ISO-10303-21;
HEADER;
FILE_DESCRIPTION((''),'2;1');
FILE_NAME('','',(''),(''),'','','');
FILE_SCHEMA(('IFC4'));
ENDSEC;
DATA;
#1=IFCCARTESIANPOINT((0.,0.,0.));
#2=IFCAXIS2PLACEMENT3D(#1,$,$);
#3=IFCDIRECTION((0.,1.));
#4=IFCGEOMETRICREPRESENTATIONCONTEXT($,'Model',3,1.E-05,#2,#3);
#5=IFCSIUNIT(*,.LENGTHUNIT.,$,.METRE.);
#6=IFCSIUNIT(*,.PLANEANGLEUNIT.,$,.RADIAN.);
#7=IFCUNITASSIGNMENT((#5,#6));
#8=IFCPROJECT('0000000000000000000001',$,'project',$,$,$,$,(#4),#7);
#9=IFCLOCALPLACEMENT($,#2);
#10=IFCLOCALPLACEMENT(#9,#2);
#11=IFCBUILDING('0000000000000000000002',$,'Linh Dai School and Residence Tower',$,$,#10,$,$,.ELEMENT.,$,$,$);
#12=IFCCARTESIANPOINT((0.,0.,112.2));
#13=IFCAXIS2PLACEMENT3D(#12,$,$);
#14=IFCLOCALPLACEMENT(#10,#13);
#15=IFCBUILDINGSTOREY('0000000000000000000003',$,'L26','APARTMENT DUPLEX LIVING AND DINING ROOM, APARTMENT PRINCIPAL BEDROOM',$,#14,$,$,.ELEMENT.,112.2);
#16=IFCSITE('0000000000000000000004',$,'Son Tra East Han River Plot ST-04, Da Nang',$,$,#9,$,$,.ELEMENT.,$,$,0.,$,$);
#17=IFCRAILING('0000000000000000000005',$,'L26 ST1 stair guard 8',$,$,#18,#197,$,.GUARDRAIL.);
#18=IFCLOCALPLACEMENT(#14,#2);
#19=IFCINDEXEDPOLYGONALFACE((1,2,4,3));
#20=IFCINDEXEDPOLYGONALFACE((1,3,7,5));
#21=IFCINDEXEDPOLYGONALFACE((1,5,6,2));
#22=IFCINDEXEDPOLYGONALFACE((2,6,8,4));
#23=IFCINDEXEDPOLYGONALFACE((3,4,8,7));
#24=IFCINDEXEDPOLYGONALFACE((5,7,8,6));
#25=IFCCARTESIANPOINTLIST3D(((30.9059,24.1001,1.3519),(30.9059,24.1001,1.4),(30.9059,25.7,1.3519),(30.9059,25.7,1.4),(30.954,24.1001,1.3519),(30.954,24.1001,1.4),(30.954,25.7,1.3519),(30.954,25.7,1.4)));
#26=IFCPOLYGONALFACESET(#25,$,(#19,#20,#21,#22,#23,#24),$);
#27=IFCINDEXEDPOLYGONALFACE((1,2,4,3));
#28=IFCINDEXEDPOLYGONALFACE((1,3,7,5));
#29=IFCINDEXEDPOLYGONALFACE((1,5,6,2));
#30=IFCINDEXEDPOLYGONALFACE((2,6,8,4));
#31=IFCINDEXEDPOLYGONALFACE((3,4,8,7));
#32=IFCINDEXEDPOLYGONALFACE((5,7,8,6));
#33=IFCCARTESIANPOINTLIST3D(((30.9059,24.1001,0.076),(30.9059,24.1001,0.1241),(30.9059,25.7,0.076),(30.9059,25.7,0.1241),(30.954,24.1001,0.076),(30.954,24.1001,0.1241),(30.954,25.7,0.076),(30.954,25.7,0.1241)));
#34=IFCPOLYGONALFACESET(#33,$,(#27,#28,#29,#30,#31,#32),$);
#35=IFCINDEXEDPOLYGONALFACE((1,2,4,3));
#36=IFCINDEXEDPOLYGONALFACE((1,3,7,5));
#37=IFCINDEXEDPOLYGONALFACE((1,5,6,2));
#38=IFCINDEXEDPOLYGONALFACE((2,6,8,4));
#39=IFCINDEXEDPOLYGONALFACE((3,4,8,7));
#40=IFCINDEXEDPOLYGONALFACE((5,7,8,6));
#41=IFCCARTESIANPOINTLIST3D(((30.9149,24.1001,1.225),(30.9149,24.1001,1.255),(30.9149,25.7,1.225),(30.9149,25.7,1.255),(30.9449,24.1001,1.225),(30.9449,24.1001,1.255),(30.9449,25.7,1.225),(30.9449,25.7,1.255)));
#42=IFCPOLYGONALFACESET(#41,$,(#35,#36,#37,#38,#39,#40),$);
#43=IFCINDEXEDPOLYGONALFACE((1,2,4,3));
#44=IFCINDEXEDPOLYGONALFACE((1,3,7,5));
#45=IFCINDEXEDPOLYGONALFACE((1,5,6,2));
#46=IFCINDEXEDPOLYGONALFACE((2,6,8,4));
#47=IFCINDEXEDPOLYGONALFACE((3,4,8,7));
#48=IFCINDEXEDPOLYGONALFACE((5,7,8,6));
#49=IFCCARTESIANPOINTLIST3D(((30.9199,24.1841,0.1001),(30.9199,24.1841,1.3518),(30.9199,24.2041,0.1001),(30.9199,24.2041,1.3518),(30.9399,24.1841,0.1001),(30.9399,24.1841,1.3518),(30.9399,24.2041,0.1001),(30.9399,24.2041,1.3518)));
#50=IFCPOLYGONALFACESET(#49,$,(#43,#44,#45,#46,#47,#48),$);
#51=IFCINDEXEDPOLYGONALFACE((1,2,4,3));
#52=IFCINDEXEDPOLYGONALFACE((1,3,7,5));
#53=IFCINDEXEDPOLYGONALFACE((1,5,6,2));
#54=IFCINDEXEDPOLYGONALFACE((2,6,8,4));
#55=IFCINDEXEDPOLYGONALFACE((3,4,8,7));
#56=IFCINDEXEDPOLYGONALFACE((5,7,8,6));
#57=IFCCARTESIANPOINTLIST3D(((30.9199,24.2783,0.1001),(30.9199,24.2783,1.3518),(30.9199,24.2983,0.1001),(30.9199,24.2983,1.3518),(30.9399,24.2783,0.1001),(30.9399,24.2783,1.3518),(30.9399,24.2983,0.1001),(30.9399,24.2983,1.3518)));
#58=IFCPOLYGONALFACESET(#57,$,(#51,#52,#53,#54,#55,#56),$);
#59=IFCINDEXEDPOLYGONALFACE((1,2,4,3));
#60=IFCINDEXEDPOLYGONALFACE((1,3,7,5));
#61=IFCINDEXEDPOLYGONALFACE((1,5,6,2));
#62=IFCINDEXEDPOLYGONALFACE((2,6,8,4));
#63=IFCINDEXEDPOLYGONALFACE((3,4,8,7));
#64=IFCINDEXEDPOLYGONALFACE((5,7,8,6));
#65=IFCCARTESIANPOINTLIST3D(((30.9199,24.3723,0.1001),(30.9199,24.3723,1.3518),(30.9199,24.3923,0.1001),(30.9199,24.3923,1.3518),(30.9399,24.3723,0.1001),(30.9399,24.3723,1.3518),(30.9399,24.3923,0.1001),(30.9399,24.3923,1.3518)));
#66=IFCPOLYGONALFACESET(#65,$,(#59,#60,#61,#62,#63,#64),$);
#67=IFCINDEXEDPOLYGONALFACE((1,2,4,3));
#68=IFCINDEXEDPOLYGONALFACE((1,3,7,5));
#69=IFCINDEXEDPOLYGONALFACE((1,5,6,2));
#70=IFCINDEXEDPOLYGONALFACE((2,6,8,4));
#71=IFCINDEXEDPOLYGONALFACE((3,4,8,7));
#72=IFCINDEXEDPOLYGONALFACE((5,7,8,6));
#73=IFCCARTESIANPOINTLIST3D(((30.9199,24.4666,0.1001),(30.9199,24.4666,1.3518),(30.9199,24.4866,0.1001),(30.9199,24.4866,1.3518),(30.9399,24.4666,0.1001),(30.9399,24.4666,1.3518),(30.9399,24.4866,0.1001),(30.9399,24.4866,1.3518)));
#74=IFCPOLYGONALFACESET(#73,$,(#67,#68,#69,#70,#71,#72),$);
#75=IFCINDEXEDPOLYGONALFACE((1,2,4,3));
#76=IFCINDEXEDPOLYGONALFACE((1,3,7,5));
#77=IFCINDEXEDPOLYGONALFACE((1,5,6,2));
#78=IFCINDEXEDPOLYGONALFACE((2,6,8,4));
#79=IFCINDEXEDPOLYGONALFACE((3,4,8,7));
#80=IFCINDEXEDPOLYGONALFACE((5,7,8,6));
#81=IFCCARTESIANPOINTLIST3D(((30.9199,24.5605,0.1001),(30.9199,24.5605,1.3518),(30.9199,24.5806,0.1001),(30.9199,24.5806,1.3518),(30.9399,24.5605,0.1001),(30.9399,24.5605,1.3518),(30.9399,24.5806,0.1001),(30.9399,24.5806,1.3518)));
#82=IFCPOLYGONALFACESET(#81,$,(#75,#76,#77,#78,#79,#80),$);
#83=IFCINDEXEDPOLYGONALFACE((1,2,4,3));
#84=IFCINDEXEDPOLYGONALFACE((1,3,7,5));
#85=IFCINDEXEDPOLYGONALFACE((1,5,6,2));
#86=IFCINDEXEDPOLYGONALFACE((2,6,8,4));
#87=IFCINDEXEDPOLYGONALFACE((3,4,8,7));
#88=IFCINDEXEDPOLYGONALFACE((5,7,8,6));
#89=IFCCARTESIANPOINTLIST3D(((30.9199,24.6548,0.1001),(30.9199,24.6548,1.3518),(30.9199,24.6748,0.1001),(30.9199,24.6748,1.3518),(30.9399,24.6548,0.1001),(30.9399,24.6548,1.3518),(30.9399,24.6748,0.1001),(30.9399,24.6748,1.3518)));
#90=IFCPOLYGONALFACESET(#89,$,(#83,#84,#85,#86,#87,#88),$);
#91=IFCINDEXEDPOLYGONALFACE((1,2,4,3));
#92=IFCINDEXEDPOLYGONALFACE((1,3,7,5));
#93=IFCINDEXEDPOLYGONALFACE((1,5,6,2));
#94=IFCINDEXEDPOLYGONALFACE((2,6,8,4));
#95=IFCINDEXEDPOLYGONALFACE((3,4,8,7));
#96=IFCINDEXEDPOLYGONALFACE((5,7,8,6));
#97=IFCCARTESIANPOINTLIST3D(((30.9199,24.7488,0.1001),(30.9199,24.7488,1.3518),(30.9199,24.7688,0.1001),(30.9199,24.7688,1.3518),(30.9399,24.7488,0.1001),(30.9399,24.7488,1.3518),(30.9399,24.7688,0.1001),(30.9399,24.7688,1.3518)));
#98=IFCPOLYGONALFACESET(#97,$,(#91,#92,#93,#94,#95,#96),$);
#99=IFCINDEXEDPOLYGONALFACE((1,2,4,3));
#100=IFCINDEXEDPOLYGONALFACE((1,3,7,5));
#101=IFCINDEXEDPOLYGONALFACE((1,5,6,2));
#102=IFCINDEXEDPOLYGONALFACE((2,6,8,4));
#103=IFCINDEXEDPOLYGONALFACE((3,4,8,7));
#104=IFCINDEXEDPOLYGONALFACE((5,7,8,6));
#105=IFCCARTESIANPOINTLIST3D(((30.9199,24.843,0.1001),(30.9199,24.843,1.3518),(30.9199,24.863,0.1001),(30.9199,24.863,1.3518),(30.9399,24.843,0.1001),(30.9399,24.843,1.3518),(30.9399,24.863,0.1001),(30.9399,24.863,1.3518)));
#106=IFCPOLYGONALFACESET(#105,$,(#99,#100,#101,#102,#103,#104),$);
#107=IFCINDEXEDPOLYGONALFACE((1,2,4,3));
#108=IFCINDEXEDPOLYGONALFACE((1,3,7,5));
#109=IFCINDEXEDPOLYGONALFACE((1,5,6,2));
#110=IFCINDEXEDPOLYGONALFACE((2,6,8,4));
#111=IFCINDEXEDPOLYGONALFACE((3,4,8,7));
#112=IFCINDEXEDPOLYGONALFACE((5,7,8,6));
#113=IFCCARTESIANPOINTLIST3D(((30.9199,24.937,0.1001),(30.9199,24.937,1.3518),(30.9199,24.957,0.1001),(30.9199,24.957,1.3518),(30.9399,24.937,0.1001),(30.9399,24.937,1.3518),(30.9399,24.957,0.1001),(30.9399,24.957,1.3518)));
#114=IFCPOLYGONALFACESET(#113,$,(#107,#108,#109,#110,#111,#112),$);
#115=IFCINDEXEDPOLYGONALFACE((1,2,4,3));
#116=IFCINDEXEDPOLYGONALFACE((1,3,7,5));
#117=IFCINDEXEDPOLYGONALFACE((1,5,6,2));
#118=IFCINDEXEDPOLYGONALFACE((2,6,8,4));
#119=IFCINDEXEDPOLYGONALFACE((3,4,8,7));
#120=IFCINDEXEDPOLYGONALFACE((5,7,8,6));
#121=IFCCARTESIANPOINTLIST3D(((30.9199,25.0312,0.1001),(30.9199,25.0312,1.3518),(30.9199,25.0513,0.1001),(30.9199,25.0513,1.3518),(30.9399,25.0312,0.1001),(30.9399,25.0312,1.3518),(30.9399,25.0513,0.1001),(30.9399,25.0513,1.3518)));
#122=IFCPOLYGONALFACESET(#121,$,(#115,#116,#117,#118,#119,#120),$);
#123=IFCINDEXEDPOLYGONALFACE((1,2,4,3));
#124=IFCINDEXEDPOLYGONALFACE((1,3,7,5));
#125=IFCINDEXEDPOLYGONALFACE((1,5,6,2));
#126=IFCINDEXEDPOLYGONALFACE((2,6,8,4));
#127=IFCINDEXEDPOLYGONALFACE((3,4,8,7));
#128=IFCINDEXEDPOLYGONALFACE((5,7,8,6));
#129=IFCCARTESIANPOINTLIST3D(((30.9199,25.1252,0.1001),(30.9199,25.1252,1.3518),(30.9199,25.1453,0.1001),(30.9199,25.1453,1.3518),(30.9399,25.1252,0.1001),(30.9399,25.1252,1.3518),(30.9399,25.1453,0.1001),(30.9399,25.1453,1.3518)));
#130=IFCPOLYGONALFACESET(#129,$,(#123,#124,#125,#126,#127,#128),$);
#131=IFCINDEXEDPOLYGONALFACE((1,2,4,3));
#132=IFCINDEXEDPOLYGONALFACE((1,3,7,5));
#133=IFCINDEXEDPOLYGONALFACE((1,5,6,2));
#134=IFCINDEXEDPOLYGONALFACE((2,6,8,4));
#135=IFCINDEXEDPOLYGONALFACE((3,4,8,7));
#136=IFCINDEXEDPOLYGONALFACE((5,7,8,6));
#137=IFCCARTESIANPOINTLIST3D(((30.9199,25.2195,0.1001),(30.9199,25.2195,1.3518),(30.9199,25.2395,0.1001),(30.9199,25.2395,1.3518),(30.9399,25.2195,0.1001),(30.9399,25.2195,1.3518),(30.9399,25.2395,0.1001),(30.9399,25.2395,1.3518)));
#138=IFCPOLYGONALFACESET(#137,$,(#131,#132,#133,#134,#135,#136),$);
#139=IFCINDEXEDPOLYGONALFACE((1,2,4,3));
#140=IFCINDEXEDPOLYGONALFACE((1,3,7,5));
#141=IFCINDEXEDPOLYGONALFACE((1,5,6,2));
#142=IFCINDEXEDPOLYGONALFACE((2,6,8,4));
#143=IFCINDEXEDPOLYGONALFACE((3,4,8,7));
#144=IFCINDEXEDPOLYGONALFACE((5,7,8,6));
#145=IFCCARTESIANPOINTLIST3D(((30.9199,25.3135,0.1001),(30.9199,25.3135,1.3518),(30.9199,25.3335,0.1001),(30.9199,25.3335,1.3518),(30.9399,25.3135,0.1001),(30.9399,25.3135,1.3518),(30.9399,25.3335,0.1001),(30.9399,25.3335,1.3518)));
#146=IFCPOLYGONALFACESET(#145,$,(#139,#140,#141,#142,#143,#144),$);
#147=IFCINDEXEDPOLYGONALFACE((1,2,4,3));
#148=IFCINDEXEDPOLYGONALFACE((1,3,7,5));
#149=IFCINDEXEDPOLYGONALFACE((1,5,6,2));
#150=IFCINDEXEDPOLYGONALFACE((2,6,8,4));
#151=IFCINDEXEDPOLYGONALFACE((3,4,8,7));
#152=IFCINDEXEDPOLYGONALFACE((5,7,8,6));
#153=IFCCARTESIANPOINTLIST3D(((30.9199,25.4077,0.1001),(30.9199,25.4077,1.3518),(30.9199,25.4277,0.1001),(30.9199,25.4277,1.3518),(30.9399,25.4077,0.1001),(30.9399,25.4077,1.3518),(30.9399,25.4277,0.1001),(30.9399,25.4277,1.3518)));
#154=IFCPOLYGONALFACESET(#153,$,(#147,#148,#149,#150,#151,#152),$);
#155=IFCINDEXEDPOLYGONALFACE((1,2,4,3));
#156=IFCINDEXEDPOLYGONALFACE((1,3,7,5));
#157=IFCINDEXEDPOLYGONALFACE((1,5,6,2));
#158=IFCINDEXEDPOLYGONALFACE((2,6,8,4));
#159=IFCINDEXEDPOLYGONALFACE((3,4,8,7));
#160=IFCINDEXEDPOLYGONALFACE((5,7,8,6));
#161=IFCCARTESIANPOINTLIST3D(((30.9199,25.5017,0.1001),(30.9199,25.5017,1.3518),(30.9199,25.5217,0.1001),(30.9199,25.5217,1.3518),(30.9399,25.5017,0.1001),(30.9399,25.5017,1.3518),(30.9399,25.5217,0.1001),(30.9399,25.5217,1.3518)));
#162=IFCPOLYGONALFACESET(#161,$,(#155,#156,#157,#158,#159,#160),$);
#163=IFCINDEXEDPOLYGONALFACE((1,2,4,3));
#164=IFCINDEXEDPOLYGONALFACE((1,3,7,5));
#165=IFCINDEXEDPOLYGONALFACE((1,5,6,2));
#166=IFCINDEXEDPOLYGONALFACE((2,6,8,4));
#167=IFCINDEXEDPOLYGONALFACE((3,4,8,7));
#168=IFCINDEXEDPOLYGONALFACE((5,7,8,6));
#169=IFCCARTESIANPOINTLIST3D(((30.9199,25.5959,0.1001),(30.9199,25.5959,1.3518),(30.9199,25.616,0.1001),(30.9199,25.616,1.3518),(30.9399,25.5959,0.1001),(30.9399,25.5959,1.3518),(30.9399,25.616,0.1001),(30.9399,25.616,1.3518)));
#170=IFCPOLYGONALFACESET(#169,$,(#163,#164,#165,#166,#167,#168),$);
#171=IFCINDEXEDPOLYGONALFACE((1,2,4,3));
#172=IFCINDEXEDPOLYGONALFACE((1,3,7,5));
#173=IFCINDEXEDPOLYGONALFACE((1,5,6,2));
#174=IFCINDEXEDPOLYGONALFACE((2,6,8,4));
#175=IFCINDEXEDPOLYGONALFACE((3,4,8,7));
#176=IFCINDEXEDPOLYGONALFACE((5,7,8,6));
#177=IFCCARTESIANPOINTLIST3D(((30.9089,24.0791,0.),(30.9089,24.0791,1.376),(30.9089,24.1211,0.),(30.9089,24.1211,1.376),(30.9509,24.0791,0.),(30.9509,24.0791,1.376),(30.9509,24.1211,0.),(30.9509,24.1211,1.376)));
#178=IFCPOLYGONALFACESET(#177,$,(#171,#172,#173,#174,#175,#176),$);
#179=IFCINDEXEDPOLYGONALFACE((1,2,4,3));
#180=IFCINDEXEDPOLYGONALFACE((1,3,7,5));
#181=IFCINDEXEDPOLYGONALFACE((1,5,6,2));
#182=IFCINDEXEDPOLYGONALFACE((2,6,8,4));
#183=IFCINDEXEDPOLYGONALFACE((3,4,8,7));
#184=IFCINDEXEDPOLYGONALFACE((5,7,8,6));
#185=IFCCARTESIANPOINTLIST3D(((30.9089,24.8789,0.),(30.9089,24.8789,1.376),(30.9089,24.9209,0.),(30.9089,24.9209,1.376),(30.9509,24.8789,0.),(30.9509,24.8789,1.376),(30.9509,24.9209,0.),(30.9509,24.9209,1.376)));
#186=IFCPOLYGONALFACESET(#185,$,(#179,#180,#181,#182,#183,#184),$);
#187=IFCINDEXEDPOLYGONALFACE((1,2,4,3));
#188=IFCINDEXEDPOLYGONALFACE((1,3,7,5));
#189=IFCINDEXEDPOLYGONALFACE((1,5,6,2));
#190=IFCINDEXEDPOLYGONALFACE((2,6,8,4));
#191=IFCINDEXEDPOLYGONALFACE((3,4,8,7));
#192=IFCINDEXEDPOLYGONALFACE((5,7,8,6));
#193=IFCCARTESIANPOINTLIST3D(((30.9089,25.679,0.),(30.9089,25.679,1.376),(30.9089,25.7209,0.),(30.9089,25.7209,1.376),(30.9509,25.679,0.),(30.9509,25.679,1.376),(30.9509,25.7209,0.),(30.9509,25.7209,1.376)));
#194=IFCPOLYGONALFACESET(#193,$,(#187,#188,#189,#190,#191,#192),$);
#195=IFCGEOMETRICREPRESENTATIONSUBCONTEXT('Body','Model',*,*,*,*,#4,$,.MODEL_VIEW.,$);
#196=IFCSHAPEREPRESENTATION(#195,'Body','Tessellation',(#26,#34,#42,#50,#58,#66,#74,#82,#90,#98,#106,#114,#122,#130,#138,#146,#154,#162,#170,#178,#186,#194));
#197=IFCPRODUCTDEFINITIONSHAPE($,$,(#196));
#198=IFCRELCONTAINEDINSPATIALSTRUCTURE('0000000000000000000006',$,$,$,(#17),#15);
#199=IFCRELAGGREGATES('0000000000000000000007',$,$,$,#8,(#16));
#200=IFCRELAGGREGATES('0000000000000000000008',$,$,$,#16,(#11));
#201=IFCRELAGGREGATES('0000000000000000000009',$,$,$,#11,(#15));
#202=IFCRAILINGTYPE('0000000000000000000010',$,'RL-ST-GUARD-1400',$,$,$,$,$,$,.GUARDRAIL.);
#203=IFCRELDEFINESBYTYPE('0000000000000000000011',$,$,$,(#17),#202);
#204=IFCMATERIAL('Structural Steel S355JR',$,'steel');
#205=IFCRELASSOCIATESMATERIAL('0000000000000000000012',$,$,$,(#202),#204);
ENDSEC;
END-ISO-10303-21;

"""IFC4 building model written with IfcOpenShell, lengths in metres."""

from ifc_helpers import new_model, si_unit, direction, frame, origin, origin_2d, place, context, subcontext, project, spatial, rectangle, extrude, source, transform, mapped, material, type_object, element, save


model = new_model("IFC4")

# Units and contexts
model_context = context("Model", 3, precision=1e-05, world=origin(), true_north=direction((0.0, 1.0)))
body_context = subcontext(model_context, "Body", "Model", "MODEL_VIEW")
ifc_project = project(units=[si_unit("LENGTHUNIT", "METRE"), si_unit("PLANEANGLEUNIT", "RADIAN")], contexts=[model_context])

# Site, building, storey
site_placement = place(None, origin())
site = spatial("IfcSite", under=ifc_project, at=site_placement, Name="Son Tra East Han River Plot ST-04, Da Nang", CompositionType="ELEMENT", RefElevation=0.0)
building_placement = place(site_placement, origin())
building = spatial("IfcBuilding", under=site, at=building_placement, Name="Linh Dai School and Residence Tower", CompositionType="ELEMENT")
storey_placement = place(building_placement, frame((0.0, 0.0, 112.2)))
storey = spatial("IfcBuildingStorey", under=building, at=storey_placement, Name="L26", Description="APARTMENT DUPLEX LIVING AND DINING ROOM, APARTMENT PRINCIPAL BEDROOM", CompositionType="ELEMENT", Elevation=112.2)

# Shared definitions
ifc_material_1 = material(Name="Structural Steel S355JR", Category="steel")

# Railing
railing_type_1 = type_object("IfcRailingType", Name="RL-ST-GUARD-1400", PredefinedType="GUARDRAIL", material=ifc_material_1)
shared_shape_1 = source(origin(), body_context, "Body", "SweptSolid", [
    extrude(rectangle(XDim=0.0481, YDim=0.0481, at=origin_2d()), frame((0.0, 0.0, 1.376), z_axis=(0.0, 1.0, 0.0), x_axis=(-1.0, 0.0, 0.0)), (0.0, 0.0, 1.0), 1.5999),
    extrude(rectangle(XDim=0.0481, YDim=0.0481, at=origin_2d()), frame((0.0, 0.0, 0.1001), z_axis=(0.0, 1.0, 0.0), x_axis=(-1.0, 0.0, 0.0)), (0.0, 0.0, 1.0), 1.5999),
    extrude(rectangle(XDim=0.03, YDim=0.03, at=origin_2d()), frame((0.0, 0.0, 1.24), z_axis=(0.0, 1.0, 0.0), x_axis=(-1.0, 0.0, 0.0)), (0.0, 0.0, 1.0), 1.5999),
    extrude(rectangle(XDim=0.02, YDim=0.02, at=origin_2d()), frame((0.0, 0.094, 0.1001)), (0.0, 0.0, 1.0), 1.2517),
    extrude(rectangle(XDim=0.02, YDim=0.02, at=origin_2d()), frame((0.0, 0.1882, 0.1001)), (0.0, 0.0, 1.0), 1.2517),
    extrude(rectangle(XDim=0.02, YDim=0.02, at=origin_2d()), frame((0.0, 0.2822, 0.1001)), (0.0, 0.0, 1.0), 1.2517),
    extrude(rectangle(XDim=0.02, YDim=0.02, at=origin_2d()), frame((0.0, 0.3765, 0.1001)), (0.0, 0.0, 1.0), 1.2517),
    extrude(rectangle(XDim=0.02, YDim=0.02, at=origin_2d()), frame((0.0, 0.4705, 0.1001)), (0.0, 0.0, 1.0), 1.2517),
    extrude(rectangle(XDim=0.02, YDim=0.02, at=origin_2d()), frame((0.0, 0.5647, 0.1001)), (0.0, 0.0, 1.0), 1.2517),
    extrude(rectangle(XDim=0.02, YDim=0.02, at=origin_2d()), frame((0.0, 0.6587, 0.1001)), (0.0, 0.0, 1.0), 1.2517),
    extrude(rectangle(XDim=0.02, YDim=0.02, at=origin_2d()), frame((0.0, 0.7529, 0.1001)), (0.0, 0.0, 1.0), 1.2517),
    extrude(rectangle(XDim=0.02, YDim=0.02, at=origin_2d()), frame((0.0, 0.8469, 0.1001)), (0.0, 0.0, 1.0), 1.2517),
    extrude(rectangle(XDim=0.02, YDim=0.02, at=origin_2d()), frame((0.0, 0.9412, 0.1001)), (0.0, 0.0, 1.0), 1.2517),
    extrude(rectangle(XDim=0.02, YDim=0.02, at=origin_2d()), frame((0.0, 1.0352, 0.1001)), (0.0, 0.0, 1.0), 1.2517),
    extrude(rectangle(XDim=0.02, YDim=0.02, at=origin_2d()), frame((0.0, 1.1294, 0.1001)), (0.0, 0.0, 1.0), 1.2517),
    extrude(rectangle(XDim=0.02, YDim=0.02, at=origin_2d()), frame((0.0, 1.2234, 0.1001)), (0.0, 0.0, 1.0), 1.2517),
    extrude(rectangle(XDim=0.02, YDim=0.02, at=origin_2d()), frame((0.0, 1.3176, 0.1001)), (0.0, 0.0, 1.0), 1.2517),
    extrude(rectangle(XDim=0.02, YDim=0.02, at=origin_2d()), frame((0.0, 1.4116, 0.1001)), (0.0, 0.0, 1.0), 1.2517),
    extrude(rectangle(XDim=0.02, YDim=0.02, at=origin_2d()), frame((0.0, 1.5059, 0.1001)), (0.0, 0.0, 1.0), 1.2517),
    extrude(rectangle(XDim=0.042, YDim=0.042, at=origin_2d()), origin(), (0.0, 0.0, 1.0), 1.376),
    extrude(rectangle(XDim=0.042, YDim=0.042, at=origin_2d()), frame((0.0, 0.7998, 0.0)), (0.0, 0.0, 1.0), 1.376),
    extrude(rectangle(XDim=0.042, YDim=0.042, at=origin_2d()), frame((0.0, 1.5999, 0.0)), (0.0, 0.0, 1.0), 1.376),
])
for number, where, name in (
    (1, (30.9299, 24.1001, 0.0), "L26 ST1 stair guard 8"),
):
    element("IfcRailing", number, at=place(storey_placement, frame(where)), inside=storey, type_object=railing_type_1, Name=name, PredefinedType="GUARDRAIL", context=body_context, shape_type="MappedRepresentation", body=[
        mapped(shared_shape_1, transform((0.0, 0.0, 0.0), x_axis=(1.0, 0.0, 0.0), y_axis=(0.0, 1.0, 0.0), z_axis=(0.0, 0.0, 1.0), scale=1.0)),
    ])

save(model, "model.ifc")
